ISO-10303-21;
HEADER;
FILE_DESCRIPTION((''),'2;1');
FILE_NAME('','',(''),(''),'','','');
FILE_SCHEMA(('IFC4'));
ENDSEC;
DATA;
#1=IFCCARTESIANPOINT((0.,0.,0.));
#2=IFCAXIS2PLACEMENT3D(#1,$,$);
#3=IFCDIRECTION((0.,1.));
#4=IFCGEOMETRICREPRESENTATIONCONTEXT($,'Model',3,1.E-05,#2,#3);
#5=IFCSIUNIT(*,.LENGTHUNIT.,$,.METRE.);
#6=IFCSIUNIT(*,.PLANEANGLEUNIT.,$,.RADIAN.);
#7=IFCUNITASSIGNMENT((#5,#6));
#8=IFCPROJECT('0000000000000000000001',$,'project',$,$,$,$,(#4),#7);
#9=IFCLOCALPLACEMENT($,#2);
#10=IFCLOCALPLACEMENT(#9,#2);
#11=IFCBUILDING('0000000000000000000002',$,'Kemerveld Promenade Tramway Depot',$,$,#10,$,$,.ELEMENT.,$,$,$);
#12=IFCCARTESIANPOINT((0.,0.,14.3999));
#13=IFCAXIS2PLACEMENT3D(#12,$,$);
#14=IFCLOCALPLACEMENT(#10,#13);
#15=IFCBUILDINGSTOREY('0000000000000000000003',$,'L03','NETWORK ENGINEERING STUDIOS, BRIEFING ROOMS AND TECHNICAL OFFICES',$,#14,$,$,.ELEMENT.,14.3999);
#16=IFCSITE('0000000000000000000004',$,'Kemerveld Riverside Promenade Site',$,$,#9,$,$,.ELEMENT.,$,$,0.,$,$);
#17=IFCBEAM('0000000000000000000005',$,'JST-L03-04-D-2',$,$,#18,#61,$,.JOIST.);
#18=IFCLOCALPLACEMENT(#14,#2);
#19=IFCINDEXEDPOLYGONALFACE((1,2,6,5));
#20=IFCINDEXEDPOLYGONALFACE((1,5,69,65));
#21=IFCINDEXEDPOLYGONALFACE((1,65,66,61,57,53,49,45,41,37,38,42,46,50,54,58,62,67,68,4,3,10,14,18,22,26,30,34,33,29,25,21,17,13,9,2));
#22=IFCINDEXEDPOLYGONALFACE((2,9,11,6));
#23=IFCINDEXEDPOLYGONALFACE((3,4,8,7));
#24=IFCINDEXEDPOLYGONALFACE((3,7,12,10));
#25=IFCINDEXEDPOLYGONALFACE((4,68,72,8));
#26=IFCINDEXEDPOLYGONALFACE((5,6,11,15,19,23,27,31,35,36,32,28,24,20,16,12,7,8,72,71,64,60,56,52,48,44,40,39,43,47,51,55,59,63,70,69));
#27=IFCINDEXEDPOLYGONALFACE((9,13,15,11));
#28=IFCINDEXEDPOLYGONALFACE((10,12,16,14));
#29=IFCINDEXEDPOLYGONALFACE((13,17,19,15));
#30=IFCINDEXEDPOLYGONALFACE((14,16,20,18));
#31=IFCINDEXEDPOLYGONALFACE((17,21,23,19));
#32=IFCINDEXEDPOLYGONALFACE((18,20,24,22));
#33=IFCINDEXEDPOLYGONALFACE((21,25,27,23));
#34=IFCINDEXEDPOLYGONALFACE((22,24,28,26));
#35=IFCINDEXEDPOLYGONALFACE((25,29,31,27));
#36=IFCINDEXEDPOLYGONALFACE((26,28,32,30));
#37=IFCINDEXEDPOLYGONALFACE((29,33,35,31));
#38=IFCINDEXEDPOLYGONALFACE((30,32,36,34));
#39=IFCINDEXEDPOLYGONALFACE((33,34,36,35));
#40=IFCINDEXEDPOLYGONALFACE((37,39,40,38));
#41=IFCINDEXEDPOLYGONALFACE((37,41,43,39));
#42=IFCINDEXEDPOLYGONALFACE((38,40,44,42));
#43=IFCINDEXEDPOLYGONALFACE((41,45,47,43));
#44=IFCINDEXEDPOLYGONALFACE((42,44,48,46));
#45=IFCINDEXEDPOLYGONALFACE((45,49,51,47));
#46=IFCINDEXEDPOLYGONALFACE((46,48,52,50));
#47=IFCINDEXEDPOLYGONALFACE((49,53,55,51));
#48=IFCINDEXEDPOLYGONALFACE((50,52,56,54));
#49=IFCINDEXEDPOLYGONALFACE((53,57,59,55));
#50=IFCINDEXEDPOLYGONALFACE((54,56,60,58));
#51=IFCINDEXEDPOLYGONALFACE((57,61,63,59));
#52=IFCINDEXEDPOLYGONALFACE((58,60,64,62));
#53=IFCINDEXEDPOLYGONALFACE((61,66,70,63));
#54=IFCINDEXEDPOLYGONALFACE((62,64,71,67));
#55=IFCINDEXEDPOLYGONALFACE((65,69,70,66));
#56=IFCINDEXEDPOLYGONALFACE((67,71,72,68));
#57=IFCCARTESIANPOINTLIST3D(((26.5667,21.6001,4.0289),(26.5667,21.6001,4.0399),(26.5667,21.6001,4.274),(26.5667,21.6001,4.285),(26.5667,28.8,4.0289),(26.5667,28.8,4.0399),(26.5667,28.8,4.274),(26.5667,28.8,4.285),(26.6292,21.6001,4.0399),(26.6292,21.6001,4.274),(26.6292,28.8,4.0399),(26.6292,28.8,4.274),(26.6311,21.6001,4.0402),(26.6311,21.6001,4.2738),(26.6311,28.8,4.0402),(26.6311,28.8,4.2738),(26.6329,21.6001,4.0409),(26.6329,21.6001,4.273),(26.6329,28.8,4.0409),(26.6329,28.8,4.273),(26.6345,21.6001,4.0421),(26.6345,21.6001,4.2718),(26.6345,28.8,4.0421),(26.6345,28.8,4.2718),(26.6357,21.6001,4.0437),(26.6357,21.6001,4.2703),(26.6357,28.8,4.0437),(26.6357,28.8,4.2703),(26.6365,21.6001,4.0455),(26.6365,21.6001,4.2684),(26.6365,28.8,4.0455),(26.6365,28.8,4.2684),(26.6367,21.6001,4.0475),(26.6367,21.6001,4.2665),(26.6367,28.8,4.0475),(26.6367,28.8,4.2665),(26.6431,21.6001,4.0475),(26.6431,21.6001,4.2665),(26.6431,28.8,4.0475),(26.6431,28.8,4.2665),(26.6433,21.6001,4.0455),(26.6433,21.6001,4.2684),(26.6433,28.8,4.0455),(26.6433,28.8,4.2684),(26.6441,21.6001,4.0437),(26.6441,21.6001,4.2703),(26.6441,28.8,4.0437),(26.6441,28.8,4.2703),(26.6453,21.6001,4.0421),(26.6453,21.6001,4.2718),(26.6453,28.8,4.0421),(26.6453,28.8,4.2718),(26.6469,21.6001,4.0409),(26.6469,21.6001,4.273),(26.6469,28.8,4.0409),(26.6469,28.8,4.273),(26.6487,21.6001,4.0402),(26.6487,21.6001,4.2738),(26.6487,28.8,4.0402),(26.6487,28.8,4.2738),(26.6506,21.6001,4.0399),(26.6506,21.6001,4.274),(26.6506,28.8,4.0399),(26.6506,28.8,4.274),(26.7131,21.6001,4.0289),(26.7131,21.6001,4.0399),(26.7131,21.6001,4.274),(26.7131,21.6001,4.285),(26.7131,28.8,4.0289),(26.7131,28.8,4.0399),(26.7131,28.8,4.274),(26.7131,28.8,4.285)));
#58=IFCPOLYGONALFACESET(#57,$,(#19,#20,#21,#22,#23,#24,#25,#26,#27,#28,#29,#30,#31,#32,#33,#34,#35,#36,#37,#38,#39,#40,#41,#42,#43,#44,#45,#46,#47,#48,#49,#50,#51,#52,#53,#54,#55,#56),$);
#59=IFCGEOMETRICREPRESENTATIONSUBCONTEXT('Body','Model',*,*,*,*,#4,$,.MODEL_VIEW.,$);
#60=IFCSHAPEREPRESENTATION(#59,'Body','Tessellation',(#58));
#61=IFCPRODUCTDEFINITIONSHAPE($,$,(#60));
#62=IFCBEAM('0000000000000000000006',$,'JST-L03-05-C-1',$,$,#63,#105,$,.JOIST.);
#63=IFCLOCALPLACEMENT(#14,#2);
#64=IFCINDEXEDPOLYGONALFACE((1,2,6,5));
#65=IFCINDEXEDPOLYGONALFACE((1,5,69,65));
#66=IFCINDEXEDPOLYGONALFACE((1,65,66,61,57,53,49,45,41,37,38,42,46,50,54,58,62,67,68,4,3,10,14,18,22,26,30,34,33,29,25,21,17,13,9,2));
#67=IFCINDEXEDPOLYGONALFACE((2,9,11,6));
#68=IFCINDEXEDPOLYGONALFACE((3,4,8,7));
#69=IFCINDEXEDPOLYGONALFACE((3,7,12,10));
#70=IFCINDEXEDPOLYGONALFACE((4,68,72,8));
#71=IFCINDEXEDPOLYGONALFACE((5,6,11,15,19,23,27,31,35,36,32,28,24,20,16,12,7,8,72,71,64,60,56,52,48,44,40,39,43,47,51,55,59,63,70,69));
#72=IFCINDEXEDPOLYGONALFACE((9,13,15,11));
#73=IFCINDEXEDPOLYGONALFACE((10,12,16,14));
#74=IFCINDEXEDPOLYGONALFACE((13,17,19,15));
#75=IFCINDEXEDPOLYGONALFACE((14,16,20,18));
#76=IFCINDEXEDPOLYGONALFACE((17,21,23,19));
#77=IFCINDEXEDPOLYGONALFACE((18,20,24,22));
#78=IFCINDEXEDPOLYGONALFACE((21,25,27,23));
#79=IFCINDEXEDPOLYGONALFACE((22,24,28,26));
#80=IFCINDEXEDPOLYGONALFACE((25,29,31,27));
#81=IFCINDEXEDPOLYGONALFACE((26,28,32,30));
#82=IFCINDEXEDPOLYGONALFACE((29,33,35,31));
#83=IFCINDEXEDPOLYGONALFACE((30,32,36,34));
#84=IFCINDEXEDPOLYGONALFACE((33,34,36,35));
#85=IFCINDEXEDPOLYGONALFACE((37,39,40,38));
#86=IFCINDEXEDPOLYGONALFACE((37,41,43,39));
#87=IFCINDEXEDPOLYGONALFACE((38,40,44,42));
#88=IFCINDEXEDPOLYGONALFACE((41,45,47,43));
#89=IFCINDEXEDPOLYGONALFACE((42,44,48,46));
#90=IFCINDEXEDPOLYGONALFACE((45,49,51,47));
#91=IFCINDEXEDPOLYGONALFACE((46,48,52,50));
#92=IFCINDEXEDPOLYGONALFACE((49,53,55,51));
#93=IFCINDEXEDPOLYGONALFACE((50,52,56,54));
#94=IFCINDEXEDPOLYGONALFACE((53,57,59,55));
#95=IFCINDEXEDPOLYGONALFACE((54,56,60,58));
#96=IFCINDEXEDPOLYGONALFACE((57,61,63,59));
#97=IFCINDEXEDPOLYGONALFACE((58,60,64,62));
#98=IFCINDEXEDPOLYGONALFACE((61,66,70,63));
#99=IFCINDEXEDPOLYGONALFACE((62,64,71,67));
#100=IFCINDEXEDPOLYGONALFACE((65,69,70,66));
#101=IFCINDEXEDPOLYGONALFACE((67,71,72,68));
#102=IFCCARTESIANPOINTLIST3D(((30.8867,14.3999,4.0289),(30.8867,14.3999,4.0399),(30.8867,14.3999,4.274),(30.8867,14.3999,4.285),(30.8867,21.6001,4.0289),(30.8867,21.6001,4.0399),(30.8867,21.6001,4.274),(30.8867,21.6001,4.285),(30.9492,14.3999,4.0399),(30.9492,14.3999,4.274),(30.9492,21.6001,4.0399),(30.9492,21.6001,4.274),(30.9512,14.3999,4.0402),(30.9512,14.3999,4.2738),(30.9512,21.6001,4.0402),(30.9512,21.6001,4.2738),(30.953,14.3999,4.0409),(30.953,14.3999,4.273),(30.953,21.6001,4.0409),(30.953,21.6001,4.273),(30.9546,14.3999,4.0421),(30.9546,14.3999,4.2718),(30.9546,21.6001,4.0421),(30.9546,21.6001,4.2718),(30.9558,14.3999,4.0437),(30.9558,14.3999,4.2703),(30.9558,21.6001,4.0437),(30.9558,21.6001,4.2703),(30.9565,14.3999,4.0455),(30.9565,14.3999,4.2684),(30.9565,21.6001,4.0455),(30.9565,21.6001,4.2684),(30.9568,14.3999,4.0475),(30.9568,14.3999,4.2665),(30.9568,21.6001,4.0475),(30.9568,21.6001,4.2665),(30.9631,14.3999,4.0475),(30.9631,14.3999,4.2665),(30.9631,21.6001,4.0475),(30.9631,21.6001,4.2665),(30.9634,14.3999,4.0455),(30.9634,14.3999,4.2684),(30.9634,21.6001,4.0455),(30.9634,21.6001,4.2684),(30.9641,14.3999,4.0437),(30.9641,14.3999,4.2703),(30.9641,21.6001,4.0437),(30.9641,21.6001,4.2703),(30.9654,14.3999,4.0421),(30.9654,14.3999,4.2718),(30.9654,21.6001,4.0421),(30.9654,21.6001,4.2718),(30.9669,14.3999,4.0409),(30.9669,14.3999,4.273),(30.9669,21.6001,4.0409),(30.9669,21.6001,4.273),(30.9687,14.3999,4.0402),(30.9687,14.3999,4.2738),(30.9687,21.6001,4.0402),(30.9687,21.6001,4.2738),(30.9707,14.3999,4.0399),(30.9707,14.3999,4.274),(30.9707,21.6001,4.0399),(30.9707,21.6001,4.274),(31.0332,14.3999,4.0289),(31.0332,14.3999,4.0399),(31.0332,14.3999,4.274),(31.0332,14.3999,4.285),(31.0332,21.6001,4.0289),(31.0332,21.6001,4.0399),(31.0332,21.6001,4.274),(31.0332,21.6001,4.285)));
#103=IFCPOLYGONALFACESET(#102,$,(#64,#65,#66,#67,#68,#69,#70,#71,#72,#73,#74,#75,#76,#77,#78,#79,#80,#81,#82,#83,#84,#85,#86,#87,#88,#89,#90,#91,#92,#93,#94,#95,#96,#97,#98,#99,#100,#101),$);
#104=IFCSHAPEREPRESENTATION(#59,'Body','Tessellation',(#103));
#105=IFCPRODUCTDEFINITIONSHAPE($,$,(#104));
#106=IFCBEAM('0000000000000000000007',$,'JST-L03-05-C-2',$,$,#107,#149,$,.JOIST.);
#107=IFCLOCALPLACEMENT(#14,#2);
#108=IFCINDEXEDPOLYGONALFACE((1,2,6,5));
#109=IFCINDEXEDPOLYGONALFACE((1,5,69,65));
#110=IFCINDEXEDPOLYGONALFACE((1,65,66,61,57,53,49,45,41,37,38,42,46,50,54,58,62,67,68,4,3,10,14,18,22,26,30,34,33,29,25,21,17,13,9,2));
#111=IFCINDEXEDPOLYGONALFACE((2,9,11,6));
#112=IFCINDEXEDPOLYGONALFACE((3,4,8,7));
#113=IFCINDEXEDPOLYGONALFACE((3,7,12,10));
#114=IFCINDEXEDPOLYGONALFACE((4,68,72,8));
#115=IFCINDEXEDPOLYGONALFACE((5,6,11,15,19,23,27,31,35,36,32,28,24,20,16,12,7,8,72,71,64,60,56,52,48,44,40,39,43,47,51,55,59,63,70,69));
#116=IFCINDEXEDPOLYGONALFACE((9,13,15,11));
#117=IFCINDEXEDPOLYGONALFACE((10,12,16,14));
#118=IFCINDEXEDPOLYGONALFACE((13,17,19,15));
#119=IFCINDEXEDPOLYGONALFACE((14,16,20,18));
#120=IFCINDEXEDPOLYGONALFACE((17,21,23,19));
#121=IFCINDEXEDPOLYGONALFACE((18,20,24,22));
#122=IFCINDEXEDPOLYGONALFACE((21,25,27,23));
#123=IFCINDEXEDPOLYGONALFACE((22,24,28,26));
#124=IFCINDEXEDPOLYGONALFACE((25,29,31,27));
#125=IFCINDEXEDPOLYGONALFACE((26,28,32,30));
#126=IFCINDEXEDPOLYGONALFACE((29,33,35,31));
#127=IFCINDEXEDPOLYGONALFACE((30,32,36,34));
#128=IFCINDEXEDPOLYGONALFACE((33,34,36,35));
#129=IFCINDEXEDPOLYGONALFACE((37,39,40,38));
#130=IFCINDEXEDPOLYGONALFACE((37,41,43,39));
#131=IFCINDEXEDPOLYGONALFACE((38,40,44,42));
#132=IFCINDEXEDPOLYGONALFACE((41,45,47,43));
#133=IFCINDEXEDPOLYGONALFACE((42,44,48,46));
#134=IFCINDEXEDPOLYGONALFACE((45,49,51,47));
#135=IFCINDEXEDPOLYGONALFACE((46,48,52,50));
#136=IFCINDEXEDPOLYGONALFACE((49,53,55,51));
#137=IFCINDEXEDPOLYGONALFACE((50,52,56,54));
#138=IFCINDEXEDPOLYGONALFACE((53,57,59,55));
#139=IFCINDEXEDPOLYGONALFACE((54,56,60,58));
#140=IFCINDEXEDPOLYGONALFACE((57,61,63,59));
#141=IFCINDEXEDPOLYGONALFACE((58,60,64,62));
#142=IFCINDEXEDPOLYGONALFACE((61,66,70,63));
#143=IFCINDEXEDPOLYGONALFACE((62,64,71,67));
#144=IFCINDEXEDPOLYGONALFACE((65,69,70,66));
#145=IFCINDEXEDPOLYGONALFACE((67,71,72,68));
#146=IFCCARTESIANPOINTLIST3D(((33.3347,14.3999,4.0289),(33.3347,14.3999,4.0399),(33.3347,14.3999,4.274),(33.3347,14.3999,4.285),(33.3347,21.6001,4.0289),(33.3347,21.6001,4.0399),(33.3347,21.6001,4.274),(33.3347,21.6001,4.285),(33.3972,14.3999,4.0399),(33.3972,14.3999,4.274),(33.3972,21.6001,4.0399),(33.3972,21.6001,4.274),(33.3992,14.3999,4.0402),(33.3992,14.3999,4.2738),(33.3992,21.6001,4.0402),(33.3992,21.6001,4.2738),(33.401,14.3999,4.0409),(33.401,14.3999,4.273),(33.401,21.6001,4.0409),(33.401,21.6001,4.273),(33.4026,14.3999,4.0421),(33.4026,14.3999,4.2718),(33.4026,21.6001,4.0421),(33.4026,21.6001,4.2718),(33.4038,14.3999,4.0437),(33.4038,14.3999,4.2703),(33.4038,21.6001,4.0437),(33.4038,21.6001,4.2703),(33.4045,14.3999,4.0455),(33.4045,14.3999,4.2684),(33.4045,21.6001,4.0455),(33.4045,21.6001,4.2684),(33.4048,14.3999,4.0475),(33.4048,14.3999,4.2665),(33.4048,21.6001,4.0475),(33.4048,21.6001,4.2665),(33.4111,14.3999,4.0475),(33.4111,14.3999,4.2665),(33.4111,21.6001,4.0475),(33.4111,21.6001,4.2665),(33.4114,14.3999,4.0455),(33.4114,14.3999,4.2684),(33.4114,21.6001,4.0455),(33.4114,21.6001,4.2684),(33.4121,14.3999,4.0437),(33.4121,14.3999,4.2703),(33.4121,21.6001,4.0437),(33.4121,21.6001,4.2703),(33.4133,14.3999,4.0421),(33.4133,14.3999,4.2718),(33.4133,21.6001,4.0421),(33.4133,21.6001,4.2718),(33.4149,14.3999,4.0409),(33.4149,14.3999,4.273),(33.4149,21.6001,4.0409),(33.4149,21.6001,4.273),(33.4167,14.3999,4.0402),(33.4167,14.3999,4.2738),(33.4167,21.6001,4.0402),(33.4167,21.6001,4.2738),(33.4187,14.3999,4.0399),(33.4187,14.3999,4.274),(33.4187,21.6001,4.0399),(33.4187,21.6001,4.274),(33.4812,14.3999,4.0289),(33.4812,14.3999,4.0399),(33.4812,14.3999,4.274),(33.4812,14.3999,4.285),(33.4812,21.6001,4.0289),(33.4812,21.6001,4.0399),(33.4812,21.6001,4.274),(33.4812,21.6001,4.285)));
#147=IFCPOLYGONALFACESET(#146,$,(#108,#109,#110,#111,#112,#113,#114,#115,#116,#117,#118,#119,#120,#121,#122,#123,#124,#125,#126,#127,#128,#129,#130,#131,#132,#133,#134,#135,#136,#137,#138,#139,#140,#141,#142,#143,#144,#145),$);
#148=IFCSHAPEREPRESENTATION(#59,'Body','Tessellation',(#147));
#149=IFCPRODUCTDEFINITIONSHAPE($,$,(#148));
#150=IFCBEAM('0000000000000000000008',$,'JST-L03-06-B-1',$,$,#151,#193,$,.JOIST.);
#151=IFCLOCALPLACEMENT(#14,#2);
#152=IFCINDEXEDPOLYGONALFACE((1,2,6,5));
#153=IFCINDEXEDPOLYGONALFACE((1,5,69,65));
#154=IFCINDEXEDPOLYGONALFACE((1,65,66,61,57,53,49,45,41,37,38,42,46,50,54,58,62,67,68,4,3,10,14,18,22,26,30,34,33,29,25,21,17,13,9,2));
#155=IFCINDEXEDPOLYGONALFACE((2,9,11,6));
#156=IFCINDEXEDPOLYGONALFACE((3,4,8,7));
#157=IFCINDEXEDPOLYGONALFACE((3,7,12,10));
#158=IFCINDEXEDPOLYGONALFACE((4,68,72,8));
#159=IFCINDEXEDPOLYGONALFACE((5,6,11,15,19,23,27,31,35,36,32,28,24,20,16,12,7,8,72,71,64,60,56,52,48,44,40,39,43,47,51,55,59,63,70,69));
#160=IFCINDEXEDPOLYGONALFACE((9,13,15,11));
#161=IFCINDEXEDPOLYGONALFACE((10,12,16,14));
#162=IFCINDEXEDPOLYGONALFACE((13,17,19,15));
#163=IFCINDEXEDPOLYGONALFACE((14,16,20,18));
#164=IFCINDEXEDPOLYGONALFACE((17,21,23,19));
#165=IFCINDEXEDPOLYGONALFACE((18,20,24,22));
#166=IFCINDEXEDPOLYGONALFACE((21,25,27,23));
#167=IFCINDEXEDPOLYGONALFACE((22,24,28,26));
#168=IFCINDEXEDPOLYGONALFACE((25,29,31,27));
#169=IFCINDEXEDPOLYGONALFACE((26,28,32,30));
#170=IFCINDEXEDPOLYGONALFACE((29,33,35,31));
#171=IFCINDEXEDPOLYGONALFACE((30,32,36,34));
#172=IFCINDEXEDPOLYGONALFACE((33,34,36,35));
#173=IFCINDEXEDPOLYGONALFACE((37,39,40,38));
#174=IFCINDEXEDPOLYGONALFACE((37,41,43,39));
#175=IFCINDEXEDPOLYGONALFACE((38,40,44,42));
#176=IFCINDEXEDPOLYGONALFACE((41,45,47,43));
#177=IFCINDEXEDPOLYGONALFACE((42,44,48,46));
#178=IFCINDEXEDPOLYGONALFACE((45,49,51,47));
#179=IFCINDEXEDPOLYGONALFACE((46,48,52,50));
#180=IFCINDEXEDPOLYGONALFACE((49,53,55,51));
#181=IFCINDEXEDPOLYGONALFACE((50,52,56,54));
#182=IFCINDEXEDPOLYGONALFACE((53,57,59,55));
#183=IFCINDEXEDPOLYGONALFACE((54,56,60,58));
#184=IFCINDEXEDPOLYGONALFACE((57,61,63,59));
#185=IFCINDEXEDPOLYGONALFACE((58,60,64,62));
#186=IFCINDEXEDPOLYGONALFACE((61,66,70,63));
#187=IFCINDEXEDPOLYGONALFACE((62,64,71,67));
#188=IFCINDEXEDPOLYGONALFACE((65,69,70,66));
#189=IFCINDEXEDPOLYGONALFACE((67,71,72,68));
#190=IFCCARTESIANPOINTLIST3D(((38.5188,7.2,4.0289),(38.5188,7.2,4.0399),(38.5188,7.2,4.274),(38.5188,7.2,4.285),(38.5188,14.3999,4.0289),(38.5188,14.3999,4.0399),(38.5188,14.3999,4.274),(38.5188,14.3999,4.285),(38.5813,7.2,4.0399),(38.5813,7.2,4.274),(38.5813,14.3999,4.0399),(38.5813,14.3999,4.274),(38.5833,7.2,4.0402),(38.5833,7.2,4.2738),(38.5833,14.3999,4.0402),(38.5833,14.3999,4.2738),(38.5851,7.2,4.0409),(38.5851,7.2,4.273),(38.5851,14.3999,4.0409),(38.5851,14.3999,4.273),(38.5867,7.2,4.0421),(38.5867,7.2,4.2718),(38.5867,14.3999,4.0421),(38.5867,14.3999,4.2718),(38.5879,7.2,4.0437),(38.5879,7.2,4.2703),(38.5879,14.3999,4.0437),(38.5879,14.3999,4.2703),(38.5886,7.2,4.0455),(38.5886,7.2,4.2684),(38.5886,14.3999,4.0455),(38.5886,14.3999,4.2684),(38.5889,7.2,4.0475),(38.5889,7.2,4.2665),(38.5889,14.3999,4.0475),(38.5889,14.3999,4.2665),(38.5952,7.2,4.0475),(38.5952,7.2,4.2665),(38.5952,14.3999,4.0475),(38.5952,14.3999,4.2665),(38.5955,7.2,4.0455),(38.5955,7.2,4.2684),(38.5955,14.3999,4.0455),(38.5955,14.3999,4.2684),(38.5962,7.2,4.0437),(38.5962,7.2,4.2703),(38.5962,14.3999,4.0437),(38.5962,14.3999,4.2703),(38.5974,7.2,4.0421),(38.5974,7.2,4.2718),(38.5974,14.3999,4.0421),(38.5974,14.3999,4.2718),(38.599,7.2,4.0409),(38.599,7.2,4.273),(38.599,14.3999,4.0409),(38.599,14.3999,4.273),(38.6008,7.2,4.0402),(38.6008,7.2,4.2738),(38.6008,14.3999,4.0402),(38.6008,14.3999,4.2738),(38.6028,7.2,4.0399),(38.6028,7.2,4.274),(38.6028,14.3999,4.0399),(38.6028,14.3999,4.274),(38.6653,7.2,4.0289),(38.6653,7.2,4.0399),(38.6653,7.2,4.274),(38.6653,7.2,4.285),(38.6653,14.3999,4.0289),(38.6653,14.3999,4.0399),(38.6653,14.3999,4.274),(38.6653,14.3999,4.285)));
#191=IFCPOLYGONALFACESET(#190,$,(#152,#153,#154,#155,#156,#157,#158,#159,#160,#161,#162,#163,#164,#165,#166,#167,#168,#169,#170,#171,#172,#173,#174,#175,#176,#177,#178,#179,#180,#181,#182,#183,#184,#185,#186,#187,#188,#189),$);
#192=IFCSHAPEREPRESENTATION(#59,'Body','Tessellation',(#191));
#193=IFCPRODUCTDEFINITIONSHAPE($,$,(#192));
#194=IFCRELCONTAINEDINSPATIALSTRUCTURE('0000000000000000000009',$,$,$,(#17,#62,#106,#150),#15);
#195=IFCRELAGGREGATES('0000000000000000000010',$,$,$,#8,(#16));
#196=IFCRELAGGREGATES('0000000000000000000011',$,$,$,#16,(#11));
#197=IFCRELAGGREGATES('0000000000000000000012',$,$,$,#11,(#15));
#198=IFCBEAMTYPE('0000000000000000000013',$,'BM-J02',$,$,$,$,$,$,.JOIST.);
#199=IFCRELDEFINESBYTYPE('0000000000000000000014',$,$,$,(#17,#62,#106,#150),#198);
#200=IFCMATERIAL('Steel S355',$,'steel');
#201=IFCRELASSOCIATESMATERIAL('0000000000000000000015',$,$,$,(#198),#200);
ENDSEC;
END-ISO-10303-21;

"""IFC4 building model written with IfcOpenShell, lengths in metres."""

from ifc_helpers import new_model, si_unit, direction, frame, origin, origin_2d, place, context, subcontext, project, spatial, i_section, extrude, material, material_profile, profile_set, type_object, element, save


model = new_model("IFC4")

# Units and contexts
model_context = context("Model", 3, precision=1e-05, world=origin(), true_north=direction((0.0, 1.0)))
body_context = subcontext(model_context, "Body", "Model", "MODEL_VIEW")
ifc_project = project(units=[si_unit("LENGTHUNIT", "METRE"), si_unit("PLANEANGLEUNIT", "RADIAN")], contexts=[model_context])

# Site, building, storey
site_placement = place(None, origin())
site = spatial("IfcSite", under=ifc_project, at=site_placement, Name="Kemerveld Riverside Promenade Site", CompositionType="ELEMENT", RefElevation=0.0)
building_placement = place(site_placement, origin())
building = spatial("IfcBuilding", under=site, at=building_placement, Name="Kemerveld Promenade Tramway Depot", CompositionType="ELEMENT")
storey_placement = place(building_placement, frame((0.0, 0.0, 14.3999)))
storey = spatial("IfcBuildingStorey", under=building, at=storey_placement, Name="L03", Description="NETWORK ENGINEERING STUDIOS, BRIEFING ROOMS AND TECHNICAL OFFICES", CompositionType="ELEMENT", Elevation=14.3999)

# Shared definitions
ifc_material = material(Name="Steel S355", Category="steel")

# Beams
ifc_material_profile_1 = material_profile(ifc_material, i_section(OverallWidth=0.1465, OverallDepth=0.2561, WebThickness=0.0063, FlangeThickness=0.011, FilletRadius=0.0076, at=origin_2d()), Name="254x146x37 UB")
ifc_profile_set_1 = profile_set([ifc_material_profile_1], Name="Steel S355")
beam_type_1 = type_object("IfcBeamType", Name="BM-J02", PredefinedType="JOIST", material=ifc_profile_set_1)
for number, where, z_axis, x_axis, name in (
    (1, (26.6399, 21.6001, 4.157), (0.0, 1.0, 0.0), (-1.0, 0.0, 0.0), "JST-L03-04-D-2"),
):
    element("IfcBeam", number, at=place(storey_placement, frame(where, z_axis=z_axis, x_axis=x_axis)), inside=storey, type_object=beam_type_1, Name=name, PredefinedType="JOIST", context=body_context, shape_type="SweptSolid", body=[
        extrude(i_section(OverallWidth=0.1465, OverallDepth=0.2561, WebThickness=0.0063, FlangeThickness=0.011, FilletRadius=0.0076, at=origin_2d()), origin(), (0.0, 0.0, 1.0), 7.2),
    ])
for number, where, z_axis, x_axis, name in (
    (2, (30.96, 14.3999, 4.157), (0.0, 1.0, 0.0), (-1.0, 0.0, 0.0), "JST-L03-05-C-1"),
    (3, (33.408, 14.3999, 4.157), (0.0, 1.0, 0.0), (-1.0, 0.0, 0.0), "JST-L03-05-C-2"),
):
    element("IfcBeam", number, at=place(storey_placement, frame(where, z_axis=z_axis, x_axis=x_axis)), inside=storey, type_object=beam_type_1, Name=name, PredefinedType="JOIST", context=body_context, shape_type="SweptSolid", body=[
        extrude(i_section(OverallWidth=0.1465, OverallDepth=0.2561, WebThickness=0.0063, FlangeThickness=0.011, FilletRadius=0.0076, at=origin_2d()), origin(), (0.0, 0.0, 1.0), 7.2002),
    ])
beam_1_placement = place(storey_placement, frame((38.592, 7.2, 4.157), z_axis=(0.0, 1.0, 0.0), x_axis=(-1.0, 0.0, 0.0)))
element("IfcBeam", 4, at=beam_1_placement, inside=storey, type_object=beam_type_1, Name="JST-L03-06-B-1", PredefinedType="JOIST", context=body_context, shape_type="SweptSolid", body=[
    extrude(i_section(OverallWidth=0.1465, OverallDepth=0.2561, WebThickness=0.0063, FlangeThickness=0.011, FilletRadius=0.0076, at=origin_2d()), origin(), (0.0, 0.0, 1.0), 7.2),
])

save(model, "model.ifc")
